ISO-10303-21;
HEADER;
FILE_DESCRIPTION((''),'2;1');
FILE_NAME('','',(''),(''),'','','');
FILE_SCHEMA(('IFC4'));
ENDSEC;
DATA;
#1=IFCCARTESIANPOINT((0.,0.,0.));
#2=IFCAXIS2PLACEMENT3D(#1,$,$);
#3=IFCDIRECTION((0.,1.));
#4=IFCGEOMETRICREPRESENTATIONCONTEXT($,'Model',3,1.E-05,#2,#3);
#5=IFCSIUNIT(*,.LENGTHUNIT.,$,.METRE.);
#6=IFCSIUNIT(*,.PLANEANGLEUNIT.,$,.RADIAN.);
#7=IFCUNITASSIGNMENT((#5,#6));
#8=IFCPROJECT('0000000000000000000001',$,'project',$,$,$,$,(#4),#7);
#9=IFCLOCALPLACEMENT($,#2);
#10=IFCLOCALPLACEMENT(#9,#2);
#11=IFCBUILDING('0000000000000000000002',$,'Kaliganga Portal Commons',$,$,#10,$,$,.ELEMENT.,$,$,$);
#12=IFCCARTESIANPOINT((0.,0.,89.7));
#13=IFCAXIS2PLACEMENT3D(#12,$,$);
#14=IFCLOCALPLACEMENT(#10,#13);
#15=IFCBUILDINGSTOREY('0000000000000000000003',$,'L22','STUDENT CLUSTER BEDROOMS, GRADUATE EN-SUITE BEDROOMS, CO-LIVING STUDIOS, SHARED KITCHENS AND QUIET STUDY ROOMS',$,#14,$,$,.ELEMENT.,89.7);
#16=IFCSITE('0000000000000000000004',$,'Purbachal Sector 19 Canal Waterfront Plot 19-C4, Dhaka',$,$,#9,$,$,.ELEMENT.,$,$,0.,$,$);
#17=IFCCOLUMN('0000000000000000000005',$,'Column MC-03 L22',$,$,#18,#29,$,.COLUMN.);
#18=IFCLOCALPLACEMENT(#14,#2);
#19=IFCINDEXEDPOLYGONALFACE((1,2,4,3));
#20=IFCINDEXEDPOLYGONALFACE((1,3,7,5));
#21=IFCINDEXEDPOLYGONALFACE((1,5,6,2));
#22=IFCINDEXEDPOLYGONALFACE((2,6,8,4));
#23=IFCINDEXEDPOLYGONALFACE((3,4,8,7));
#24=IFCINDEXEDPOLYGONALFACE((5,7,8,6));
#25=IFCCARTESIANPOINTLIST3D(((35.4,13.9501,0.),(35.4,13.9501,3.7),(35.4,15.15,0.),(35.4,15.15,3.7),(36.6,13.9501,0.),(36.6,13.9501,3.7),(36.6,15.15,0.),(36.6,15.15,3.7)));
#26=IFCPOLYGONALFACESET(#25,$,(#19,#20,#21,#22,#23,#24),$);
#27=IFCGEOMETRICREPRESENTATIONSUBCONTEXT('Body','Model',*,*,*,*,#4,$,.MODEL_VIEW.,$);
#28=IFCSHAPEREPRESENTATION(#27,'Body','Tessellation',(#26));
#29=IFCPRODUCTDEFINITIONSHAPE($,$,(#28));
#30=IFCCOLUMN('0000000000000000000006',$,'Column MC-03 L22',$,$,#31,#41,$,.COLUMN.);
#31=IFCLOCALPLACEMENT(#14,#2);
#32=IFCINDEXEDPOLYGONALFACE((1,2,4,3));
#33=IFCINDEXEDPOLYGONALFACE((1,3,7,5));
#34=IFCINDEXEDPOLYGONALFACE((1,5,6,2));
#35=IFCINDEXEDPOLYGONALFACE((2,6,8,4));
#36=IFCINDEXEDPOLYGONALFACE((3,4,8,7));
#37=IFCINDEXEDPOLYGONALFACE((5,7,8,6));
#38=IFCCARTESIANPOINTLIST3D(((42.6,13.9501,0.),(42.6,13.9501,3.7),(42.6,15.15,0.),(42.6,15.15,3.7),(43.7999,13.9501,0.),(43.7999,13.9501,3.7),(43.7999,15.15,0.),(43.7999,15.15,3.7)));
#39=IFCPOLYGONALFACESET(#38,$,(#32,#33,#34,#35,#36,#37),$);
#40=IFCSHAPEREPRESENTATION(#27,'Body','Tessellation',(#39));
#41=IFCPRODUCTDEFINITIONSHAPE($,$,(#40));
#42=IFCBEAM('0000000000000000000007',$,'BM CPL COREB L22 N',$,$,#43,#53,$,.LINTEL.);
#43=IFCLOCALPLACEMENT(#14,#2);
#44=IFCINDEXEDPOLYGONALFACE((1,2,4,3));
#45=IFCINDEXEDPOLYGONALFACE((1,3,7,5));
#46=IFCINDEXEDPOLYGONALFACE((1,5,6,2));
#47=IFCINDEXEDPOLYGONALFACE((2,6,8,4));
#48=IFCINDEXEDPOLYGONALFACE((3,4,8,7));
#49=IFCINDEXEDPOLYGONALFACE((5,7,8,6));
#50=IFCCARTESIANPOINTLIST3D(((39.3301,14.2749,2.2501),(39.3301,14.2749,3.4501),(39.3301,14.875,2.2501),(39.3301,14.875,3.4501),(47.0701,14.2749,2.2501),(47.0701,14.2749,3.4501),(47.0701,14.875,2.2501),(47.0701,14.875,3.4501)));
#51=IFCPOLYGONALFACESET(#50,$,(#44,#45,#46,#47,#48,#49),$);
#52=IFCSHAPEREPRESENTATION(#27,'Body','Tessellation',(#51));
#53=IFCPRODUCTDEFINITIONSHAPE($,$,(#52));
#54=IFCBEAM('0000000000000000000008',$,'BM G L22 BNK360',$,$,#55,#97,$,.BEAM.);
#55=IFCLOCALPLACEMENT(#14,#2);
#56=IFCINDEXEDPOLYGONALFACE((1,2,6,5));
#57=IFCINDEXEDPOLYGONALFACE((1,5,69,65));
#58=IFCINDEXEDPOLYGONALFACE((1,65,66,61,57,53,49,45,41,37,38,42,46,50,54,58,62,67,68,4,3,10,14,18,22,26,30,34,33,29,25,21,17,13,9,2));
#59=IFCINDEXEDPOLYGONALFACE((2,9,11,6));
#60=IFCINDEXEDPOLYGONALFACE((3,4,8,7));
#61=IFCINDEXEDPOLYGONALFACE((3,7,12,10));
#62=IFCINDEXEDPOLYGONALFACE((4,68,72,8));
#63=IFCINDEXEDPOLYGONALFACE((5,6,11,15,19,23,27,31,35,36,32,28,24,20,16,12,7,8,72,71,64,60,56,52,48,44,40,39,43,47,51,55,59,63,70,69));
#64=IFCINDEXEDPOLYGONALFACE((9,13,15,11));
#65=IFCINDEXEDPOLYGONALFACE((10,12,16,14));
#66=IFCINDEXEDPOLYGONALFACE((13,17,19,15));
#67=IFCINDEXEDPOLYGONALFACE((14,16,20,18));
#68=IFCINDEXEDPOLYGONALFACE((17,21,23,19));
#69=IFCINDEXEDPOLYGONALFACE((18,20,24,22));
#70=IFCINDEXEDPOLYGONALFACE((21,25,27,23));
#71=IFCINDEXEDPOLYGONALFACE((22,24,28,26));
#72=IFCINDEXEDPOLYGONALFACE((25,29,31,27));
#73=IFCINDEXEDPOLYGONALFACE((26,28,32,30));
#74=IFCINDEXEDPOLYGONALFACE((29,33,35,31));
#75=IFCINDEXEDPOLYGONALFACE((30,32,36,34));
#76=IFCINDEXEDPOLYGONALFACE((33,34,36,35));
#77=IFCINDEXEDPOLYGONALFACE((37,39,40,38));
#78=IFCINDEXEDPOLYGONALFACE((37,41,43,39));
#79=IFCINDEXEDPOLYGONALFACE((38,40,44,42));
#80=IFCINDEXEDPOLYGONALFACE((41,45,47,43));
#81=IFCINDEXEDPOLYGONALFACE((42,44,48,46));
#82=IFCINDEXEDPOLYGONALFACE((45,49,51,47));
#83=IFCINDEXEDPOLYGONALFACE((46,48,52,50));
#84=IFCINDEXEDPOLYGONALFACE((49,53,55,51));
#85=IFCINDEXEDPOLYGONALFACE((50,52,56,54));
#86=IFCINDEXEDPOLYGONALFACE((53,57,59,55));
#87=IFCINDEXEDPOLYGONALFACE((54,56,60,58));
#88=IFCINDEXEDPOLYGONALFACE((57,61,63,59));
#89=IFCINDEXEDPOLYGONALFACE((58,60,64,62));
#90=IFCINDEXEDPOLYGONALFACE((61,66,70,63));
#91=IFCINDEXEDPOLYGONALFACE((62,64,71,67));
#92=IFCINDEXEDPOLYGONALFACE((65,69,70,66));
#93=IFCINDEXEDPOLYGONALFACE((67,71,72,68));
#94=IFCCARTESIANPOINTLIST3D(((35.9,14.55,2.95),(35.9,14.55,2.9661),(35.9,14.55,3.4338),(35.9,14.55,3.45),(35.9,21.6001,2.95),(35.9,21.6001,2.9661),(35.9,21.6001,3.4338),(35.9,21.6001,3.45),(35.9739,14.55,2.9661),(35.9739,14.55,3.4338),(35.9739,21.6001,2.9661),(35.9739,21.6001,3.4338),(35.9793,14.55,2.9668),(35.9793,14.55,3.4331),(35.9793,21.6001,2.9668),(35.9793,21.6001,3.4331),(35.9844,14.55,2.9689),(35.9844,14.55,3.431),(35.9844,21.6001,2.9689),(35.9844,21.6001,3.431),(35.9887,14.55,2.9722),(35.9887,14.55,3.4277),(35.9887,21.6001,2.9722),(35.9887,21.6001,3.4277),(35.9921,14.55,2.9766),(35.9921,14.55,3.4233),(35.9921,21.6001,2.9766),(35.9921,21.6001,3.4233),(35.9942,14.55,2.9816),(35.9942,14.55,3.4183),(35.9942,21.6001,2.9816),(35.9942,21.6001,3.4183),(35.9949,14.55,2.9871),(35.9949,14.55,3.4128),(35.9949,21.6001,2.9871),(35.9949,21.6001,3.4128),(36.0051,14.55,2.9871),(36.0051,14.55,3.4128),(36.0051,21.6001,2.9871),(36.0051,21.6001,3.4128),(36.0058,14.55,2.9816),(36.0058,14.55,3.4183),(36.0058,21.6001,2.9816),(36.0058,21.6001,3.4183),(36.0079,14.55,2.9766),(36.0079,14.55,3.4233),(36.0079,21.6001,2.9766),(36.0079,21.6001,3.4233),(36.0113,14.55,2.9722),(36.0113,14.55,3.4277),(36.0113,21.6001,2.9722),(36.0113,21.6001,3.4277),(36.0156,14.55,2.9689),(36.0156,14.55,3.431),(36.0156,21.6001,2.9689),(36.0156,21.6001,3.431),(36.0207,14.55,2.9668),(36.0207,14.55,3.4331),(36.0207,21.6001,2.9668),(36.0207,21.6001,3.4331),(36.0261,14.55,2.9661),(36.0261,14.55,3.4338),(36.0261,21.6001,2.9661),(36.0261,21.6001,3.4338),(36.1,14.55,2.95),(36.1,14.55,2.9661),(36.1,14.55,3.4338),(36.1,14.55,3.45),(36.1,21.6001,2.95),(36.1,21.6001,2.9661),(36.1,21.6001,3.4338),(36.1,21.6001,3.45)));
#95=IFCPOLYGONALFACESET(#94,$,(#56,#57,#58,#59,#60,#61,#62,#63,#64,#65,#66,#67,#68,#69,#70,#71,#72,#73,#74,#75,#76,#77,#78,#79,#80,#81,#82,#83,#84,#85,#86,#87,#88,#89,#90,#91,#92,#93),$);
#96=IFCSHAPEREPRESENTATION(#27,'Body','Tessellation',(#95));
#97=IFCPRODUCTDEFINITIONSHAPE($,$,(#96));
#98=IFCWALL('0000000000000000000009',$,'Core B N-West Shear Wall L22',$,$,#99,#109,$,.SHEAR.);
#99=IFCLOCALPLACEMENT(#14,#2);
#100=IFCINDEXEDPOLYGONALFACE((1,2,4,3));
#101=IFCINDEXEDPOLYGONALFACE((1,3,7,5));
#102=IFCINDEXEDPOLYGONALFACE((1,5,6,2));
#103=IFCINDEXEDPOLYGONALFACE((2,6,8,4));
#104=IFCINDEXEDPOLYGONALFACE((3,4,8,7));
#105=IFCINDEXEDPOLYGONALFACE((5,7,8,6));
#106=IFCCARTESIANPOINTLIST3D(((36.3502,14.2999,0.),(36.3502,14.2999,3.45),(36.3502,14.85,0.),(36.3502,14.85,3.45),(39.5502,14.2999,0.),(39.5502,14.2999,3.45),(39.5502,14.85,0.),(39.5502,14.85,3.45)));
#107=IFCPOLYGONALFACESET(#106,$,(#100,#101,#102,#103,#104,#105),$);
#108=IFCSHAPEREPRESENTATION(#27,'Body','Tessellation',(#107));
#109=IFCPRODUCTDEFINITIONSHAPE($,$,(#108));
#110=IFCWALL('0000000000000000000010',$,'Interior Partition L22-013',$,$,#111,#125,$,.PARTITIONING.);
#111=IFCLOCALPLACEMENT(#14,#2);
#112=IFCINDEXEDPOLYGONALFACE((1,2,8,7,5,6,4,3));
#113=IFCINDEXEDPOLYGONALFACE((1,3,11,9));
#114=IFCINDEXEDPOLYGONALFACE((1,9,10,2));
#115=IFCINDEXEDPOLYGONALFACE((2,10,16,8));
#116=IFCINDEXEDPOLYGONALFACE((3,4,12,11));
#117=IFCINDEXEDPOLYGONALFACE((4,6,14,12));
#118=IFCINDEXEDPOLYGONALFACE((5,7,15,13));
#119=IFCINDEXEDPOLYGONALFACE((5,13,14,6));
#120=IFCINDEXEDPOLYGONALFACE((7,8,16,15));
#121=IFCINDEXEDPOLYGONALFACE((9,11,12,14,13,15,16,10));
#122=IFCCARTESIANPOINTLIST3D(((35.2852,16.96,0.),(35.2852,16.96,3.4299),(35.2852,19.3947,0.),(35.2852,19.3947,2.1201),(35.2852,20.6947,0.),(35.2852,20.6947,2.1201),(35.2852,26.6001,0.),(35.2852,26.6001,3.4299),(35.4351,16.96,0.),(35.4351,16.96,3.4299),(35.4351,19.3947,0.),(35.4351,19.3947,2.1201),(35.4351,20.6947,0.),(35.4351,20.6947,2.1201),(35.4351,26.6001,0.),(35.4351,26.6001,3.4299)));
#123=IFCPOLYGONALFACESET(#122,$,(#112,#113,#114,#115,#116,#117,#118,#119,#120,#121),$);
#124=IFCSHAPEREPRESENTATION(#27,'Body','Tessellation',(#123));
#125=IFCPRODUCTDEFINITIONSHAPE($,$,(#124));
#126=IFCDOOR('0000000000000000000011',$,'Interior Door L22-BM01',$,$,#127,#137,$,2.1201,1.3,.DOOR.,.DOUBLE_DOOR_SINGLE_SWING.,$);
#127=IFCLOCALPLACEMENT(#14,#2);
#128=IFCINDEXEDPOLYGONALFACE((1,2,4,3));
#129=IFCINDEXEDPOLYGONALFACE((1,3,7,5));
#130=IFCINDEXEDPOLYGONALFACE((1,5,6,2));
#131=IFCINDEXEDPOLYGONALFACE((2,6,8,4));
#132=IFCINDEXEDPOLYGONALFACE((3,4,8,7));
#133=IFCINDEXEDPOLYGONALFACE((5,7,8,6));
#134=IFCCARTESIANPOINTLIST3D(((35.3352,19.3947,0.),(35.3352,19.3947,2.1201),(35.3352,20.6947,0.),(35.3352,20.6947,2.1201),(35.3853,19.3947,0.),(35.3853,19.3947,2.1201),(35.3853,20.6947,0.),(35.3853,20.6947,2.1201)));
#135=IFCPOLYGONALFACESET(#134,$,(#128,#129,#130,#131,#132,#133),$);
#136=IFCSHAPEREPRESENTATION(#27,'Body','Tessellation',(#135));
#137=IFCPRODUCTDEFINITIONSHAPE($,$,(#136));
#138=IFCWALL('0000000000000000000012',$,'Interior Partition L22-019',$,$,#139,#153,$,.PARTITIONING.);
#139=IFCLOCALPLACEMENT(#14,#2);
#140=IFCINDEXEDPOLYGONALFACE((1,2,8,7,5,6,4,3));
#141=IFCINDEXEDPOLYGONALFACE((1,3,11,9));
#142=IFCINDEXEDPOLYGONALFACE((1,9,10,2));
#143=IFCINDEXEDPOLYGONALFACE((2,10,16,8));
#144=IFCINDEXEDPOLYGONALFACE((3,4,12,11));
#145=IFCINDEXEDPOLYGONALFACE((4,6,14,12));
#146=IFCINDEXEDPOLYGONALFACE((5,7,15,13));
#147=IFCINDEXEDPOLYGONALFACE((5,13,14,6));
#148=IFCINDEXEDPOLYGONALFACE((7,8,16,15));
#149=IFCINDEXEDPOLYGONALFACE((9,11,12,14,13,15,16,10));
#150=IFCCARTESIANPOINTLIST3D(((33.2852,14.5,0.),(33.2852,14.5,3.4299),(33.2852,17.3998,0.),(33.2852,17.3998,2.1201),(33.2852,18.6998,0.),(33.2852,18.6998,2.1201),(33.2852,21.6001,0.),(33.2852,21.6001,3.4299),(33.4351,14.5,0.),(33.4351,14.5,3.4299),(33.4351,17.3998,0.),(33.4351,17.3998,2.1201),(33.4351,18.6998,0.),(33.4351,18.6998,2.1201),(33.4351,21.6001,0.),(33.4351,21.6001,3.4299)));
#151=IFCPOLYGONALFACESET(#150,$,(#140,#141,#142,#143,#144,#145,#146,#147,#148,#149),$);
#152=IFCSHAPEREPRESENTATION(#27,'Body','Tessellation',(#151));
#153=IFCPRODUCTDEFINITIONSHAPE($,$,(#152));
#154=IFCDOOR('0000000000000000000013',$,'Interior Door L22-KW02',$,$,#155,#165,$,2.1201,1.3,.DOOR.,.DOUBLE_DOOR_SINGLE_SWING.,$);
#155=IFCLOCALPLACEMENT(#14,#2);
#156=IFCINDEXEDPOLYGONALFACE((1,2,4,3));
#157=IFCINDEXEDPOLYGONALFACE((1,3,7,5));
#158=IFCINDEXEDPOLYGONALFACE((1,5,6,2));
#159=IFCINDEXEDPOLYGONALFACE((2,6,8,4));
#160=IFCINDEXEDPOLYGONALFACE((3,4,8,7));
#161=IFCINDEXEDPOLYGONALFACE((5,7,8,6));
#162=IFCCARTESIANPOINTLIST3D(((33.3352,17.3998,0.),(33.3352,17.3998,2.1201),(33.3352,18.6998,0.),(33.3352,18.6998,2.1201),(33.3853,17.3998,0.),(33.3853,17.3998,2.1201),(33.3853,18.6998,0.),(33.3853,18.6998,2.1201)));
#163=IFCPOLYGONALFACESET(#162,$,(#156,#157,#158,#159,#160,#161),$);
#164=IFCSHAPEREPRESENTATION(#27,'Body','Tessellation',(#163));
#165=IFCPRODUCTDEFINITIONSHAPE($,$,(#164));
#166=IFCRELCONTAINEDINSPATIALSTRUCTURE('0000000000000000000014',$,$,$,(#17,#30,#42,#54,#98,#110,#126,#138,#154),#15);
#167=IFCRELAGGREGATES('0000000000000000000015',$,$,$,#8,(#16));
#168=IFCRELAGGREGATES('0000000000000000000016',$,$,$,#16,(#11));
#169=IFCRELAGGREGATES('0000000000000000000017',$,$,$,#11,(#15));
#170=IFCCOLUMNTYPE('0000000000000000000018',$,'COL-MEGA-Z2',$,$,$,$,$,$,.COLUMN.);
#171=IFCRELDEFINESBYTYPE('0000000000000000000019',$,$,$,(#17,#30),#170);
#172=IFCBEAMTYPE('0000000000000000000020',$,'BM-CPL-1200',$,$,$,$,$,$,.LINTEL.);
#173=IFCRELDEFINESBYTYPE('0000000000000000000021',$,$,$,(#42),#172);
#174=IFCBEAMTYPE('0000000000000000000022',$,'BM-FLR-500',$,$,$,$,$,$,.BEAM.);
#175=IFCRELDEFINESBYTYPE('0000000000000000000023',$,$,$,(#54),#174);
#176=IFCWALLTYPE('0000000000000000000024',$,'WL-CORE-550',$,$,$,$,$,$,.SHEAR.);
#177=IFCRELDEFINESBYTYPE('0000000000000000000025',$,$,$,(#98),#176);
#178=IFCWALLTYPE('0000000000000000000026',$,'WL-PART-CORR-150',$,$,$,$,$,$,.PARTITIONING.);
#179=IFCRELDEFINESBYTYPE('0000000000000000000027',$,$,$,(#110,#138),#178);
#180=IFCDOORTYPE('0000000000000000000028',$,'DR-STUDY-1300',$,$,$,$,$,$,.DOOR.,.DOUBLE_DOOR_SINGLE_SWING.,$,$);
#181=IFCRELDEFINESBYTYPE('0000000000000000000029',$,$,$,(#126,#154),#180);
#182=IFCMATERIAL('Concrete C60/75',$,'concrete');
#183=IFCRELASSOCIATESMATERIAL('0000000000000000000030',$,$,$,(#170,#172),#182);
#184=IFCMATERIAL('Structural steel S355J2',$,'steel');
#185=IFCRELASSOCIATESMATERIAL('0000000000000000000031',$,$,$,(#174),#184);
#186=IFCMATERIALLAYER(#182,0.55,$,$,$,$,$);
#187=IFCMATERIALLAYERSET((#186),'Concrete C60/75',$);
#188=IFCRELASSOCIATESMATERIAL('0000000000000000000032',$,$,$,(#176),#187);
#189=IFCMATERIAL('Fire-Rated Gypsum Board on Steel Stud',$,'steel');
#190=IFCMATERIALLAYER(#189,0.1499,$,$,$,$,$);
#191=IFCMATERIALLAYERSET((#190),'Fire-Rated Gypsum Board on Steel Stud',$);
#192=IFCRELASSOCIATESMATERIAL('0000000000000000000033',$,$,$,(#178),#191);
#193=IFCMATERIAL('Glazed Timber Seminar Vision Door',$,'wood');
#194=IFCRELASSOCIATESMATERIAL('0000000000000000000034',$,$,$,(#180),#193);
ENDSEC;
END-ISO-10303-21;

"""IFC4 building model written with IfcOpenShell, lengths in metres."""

from ifc_helpers import new_model, si_unit, direction, frame, frame_2d, origin, origin_2d, place, context, subcontext, project, spatial, rectangle, i_section, extrude, source, transform, mapped, material, layer, layer_set, material_profile, profile_set, type_object, element, fill, save


model = new_model("IFC4")

# Units and contexts
model_context = context("Model", 3, precision=1e-05, world=origin(), true_north=direction((0.0, 1.0)))
body_context = subcontext(model_context, "Body", "Model", "MODEL_VIEW")
ifc_project = project(units=[si_unit("LENGTHUNIT", "METRE"), si_unit("PLANEANGLEUNIT", "RADIAN")], contexts=[model_context])

# Site, building, storey
site_placement = place(None, origin())
site = spatial("IfcSite", under=ifc_project, at=site_placement, Name="Purbachal Sector 19 Canal Waterfront Plot 19-C4, Dhaka", CompositionType="ELEMENT", RefElevation=0.0)
building_placement = place(site_placement, origin())
building = spatial("IfcBuilding", under=site, at=building_placement, Name="Kaliganga Portal Commons", CompositionType="ELEMENT")
storey_placement = place(building_placement, frame((0.0, 0.0, 89.7)))
storey = spatial("IfcBuildingStorey", under=building, at=storey_placement, Name="L22", Description="STUDENT CLUSTER BEDROOMS, GRADUATE EN-SUITE BEDROOMS, CO-LIVING STUDIOS, SHARED KITCHENS AND QUIET STUDY ROOMS", CompositionType="ELEMENT", Elevation=89.7)

# Columns
ifc_material_1 = material(Name="Concrete C60/75", Category="concrete")
ifc_material_profile_1 = material_profile(ifc_material_1, rectangle(XDim=1.2, YDim=1.2, at=origin_2d()), Name="RC 1200x1200")
ifc_profile_set_1 = profile_set([ifc_material_profile_1], Name="Concrete C60/75")
column_type = type_object("IfcColumnType", Name="COL-MEGA-Z2", PredefinedType="COLUMN", material=ifc_profile_set_1)
shared_shape_1 = source(origin(), body_context, "Body", "SweptSolid", [
    extrude(rectangle(XDim=1.2, YDim=1.2, at=origin_2d()), origin(), (0.0, 0.0, 1.0), 3.7),
])
for number, where, z_axis, x_axis, name in (
    (1, (36.0, 14.55, 0.0), (0.0, 0.0, 1.0), (1.0, 0.0, 0.0), "Column MC-03 L22"),
    (2, (43.2, 14.55, 0.0), (0.0, 0.0, 1.0), (1.0, 0.0, 0.0), "Column MC-03 L22"),
):
    element("IfcColumn", number, at=place(storey_placement, frame(where, z_axis=z_axis, x_axis=x_axis)), inside=storey, type_object=column_type, Name=name, PredefinedType="COLUMN", context=body_context, shape_type="MappedRepresentation", body=[
        mapped(shared_shape_1, transform((0.0, 0.0, 0.0), x_axis=(1.0, 0.0, 0.0), y_axis=(0.0, 1.0, 0.0), z_axis=(0.0, 0.0, 1.0), scale=1.0)),
    ])

# Beams
ifc_material_profile_2 = material_profile(ifc_material_1, rectangle(XDim=0.6001, YDim=1.2, at=origin_2d()), Name="RC 600x1200")
ifc_profile_set_2 = profile_set([ifc_material_profile_2], Name="Concrete C60/75")
beam_type_1 = type_object("IfcBeamType", Name="BM-CPL-1200", PredefinedType="LINTEL", material=ifc_profile_set_2)
shared_shape_2 = source(origin(), body_context, "Body", "SweptSolid", [
    extrude(rectangle(XDim=0.6001, YDim=1.2, at=origin_2d()), origin(), (0.0, 0.0, 1.0), 7.74),
])
beam_1_placement = place(storey_placement, frame((39.3301, 14.575, 2.8501), z_axis=(1.0, 0.0, 0.0), x_axis=(0.0, 1.0, 0.0)))
element("IfcBeam", 3, at=beam_1_placement, inside=storey, type_object=beam_type_1, Name="BM CPL COREB L22 N", PredefinedType="LINTEL", context=body_context, shape_type="MappedRepresentation", body=[
    mapped(shared_shape_2, transform((0.0, 0.0, 0.0), x_axis=(1.0, 0.0, 0.0), y_axis=(0.0, 1.0, 0.0), z_axis=(0.0, 0.0, 1.0), scale=1.0)),
])
ifc_material_2 = material(Name="Structural steel S355J2", Category="steel")
ifc_material_profile_3 = material_profile(ifc_material_2, i_section(OverallWidth=0.2, OverallDepth=0.5, WebThickness=0.0103, FlangeThickness=0.0161, FilletRadius=0.021, at=origin_2d()), Name="IPE 500")
ifc_profile_set_3 = profile_set([ifc_material_profile_3], Name="Structural steel S355J2 wide-flange")
beam_type_2 = type_object("IfcBeamType", Name="BM-FLR-500", PredefinedType="BEAM", material=ifc_profile_set_3)
shared_shape_3 = source(origin(), body_context, "Body", "SweptSolid", [
    extrude(i_section(OverallWidth=0.2, OverallDepth=0.5, WebThickness=0.0103, FlangeThickness=0.0161, FilletRadius=0.021, at=origin_2d()), origin(), (0.0, 0.0, 1.0), 7.05),
])
beam_2_placement = place(storey_placement, frame((36.0, 14.55, 3.2), z_axis=(0.0, 1.0, 0.0), x_axis=(-1.0, 0.0, 0.0)))
element("IfcBeam", 4, at=beam_2_placement, inside=storey, type_object=beam_type_2, Name="BM G L22 BNK360", PredefinedType="BEAM", context=body_context, shape_type="MappedRepresentation", body=[
    mapped(shared_shape_3, transform((0.0, 0.0, 0.0), x_axis=(1.0, 0.0, 0.0), y_axis=(0.0, 1.0, 0.0), z_axis=(0.0, 0.0, 1.0), scale=1.0)),
])

# Wall
ifc_layer_1 = layer(ifc_material_1, 0.55)
ifc_layer_set_1 = layer_set([ifc_layer_1], Name="Concrete C60/75")
wall_type_1 = type_object("IfcWallType", Name="WL-CORE-550", PredefinedType="SHEAR", material=ifc_layer_set_1)
wall_1_placement = place(storey_placement, frame((36.3501, 14.575, 0.0), z_axis=(0.0, 0.0, 1.0), x_axis=(1.0, 0.0, 0.0)))
element("IfcWall", 5, at=wall_1_placement, inside=storey, type_object=wall_type_1, Name="Core B N-West Shear Wall L22", PredefinedType="SHEAR", context=body_context, shape_type="SweptSolid", body=[
    extrude(rectangle(XDim=3.2, YDim=0.55, at=frame_2d((1.6001, 0.0))), origin(), (0.0, 0.0, 1.0), 3.45),
])

# Walls, openings, doors
ifc_material_3 = material(Name="Fire-Rated Gypsum Board on Steel Stud", Category="steel")
ifc_layer_2 = layer(ifc_material_3, 0.1499)
ifc_layer_set_2 = layer_set([ifc_layer_2], Name="Fire-Rated Gypsum Board on Steel Stud")
wall_type_2 = type_object("IfcWallType", Name="WL-PART-CORR-150", PredefinedType="PARTITIONING", material=ifc_layer_set_2)
wall_2_placement = place(storey_placement, frame((35.3601, 16.96, 0.0), z_axis=(0.0, 0.0, 1.0), x_axis=(0.0, 1.0, 0.0)))
wall_2 = element("IfcWall", 6, at=wall_2_placement, inside=storey, type_object=wall_type_2, Name="Interior Partition L22-013", PredefinedType="PARTITIONING", context=body_context, shape_type="SweptSolid", body=[
    extrude(rectangle(XDim=9.6401, YDim=0.1499, at=frame_2d((4.8201, 0.0))), origin(), (0.0, 0.0, 1.0), 3.4299),
])
opening_1_placement = place(wall_2_placement, frame((2.4348, 0.0, 0.0)))
opening_1 = element("IfcOpeningElement", 7, at=opening_1_placement, cuts=wall_2, PredefinedType="OPENING", context=body_context, shape_type="SweptSolid", body=[
    extrude(rectangle(XDim=1.3, YDim=2.1201, at=frame_2d((0.6499, 1.0601))), frame((0.0, 0.085, 0.0), z_axis=(0.0, -1.0, 0.0), x_axis=(1.0, 0.0, 0.0)), (0.0, 0.0, 1.0), 0.1699),
])
ifc_material_4 = material(Name="Glazed Timber Seminar Vision Door", Category="wood")
door_type_1 = type_object("IfcDoorType", Name="DR-STUDY-1300", OperationType="DOUBLE_DOOR_SINGLE_SWING", PredefinedType="DOOR", material=ifc_material_4)
door_1_placement = place(opening_1_placement, origin())
door_1 = element("IfcDoor", 8, at=door_1_placement, inside=storey, type_object=door_type_1, Name="Interior Door L22-BM01", OperationType="DOUBLE_DOOR_SINGLE_SWING", OverallHeight=2.1201, OverallWidth=1.3, PredefinedType="DOOR", context=body_context, shape_type="SweptSolid", body=[
    extrude(rectangle(XDim=1.3, YDim=2.1201, at=frame_2d((0.6499, 1.0601))), frame((0.0, 0.0249, 0.0), z_axis=(0.0, -1.0, 0.0), x_axis=(1.0, 0.0, 0.0)), (0.0, 0.0, 1.0), 0.05),
])
fill(opening_1, door_1)
wall_3_placement = place(storey_placement, frame((33.3601, 14.5, 0.0), z_axis=(0.0, 0.0, 1.0), x_axis=(0.0, 1.0, 0.0)))
wall_3 = element("IfcWall", 9, at=wall_3_placement, inside=storey, type_object=wall_type_2, Name="Interior Partition L22-019", PredefinedType="PARTITIONING", context=body_context, shape_type="SweptSolid", body=[
    extrude(rectangle(XDim=7.1001, YDim=0.1499, at=frame_2d((3.55, 0.0))), origin(), (0.0, 0.0, 1.0), 3.4299),
])
opening_2_placement = place(wall_3_placement, frame((2.8999, 0.0, 0.0)))
opening_2 = element("IfcOpeningElement", 10, at=opening_2_placement, cuts=wall_3, PredefinedType="OPENING", context=body_context, shape_type="SweptSolid", body=[
    extrude(rectangle(XDim=1.3, YDim=2.1201, at=frame_2d((0.6499, 1.0601))), frame((0.0, 0.085, 0.0), z_axis=(0.0, -1.0, 0.0), x_axis=(1.0, 0.0, 0.0)), (0.0, 0.0, 1.0), 0.1699),
])
door_2_placement = place(opening_2_placement, origin())
door_2 = element("IfcDoor", 11, at=door_2_placement, inside=storey, type_object=door_type_1, Name="Interior Door L22-KW02", OperationType="DOUBLE_DOOR_SINGLE_SWING", OverallHeight=2.1201, OverallWidth=1.3, PredefinedType="DOOR", context=body_context, shape_type="SweptSolid", body=[
    extrude(rectangle(XDim=1.3, YDim=2.1201, at=frame_2d((0.6499, 1.0601))), frame((0.0, 0.0249, 0.0), z_axis=(0.0, -1.0, 0.0), x_axis=(1.0, 0.0, 0.0)), (0.0, 0.0, 1.0), 0.05),
])
fill(opening_2, door_2)

save(model, "model.ifc")
